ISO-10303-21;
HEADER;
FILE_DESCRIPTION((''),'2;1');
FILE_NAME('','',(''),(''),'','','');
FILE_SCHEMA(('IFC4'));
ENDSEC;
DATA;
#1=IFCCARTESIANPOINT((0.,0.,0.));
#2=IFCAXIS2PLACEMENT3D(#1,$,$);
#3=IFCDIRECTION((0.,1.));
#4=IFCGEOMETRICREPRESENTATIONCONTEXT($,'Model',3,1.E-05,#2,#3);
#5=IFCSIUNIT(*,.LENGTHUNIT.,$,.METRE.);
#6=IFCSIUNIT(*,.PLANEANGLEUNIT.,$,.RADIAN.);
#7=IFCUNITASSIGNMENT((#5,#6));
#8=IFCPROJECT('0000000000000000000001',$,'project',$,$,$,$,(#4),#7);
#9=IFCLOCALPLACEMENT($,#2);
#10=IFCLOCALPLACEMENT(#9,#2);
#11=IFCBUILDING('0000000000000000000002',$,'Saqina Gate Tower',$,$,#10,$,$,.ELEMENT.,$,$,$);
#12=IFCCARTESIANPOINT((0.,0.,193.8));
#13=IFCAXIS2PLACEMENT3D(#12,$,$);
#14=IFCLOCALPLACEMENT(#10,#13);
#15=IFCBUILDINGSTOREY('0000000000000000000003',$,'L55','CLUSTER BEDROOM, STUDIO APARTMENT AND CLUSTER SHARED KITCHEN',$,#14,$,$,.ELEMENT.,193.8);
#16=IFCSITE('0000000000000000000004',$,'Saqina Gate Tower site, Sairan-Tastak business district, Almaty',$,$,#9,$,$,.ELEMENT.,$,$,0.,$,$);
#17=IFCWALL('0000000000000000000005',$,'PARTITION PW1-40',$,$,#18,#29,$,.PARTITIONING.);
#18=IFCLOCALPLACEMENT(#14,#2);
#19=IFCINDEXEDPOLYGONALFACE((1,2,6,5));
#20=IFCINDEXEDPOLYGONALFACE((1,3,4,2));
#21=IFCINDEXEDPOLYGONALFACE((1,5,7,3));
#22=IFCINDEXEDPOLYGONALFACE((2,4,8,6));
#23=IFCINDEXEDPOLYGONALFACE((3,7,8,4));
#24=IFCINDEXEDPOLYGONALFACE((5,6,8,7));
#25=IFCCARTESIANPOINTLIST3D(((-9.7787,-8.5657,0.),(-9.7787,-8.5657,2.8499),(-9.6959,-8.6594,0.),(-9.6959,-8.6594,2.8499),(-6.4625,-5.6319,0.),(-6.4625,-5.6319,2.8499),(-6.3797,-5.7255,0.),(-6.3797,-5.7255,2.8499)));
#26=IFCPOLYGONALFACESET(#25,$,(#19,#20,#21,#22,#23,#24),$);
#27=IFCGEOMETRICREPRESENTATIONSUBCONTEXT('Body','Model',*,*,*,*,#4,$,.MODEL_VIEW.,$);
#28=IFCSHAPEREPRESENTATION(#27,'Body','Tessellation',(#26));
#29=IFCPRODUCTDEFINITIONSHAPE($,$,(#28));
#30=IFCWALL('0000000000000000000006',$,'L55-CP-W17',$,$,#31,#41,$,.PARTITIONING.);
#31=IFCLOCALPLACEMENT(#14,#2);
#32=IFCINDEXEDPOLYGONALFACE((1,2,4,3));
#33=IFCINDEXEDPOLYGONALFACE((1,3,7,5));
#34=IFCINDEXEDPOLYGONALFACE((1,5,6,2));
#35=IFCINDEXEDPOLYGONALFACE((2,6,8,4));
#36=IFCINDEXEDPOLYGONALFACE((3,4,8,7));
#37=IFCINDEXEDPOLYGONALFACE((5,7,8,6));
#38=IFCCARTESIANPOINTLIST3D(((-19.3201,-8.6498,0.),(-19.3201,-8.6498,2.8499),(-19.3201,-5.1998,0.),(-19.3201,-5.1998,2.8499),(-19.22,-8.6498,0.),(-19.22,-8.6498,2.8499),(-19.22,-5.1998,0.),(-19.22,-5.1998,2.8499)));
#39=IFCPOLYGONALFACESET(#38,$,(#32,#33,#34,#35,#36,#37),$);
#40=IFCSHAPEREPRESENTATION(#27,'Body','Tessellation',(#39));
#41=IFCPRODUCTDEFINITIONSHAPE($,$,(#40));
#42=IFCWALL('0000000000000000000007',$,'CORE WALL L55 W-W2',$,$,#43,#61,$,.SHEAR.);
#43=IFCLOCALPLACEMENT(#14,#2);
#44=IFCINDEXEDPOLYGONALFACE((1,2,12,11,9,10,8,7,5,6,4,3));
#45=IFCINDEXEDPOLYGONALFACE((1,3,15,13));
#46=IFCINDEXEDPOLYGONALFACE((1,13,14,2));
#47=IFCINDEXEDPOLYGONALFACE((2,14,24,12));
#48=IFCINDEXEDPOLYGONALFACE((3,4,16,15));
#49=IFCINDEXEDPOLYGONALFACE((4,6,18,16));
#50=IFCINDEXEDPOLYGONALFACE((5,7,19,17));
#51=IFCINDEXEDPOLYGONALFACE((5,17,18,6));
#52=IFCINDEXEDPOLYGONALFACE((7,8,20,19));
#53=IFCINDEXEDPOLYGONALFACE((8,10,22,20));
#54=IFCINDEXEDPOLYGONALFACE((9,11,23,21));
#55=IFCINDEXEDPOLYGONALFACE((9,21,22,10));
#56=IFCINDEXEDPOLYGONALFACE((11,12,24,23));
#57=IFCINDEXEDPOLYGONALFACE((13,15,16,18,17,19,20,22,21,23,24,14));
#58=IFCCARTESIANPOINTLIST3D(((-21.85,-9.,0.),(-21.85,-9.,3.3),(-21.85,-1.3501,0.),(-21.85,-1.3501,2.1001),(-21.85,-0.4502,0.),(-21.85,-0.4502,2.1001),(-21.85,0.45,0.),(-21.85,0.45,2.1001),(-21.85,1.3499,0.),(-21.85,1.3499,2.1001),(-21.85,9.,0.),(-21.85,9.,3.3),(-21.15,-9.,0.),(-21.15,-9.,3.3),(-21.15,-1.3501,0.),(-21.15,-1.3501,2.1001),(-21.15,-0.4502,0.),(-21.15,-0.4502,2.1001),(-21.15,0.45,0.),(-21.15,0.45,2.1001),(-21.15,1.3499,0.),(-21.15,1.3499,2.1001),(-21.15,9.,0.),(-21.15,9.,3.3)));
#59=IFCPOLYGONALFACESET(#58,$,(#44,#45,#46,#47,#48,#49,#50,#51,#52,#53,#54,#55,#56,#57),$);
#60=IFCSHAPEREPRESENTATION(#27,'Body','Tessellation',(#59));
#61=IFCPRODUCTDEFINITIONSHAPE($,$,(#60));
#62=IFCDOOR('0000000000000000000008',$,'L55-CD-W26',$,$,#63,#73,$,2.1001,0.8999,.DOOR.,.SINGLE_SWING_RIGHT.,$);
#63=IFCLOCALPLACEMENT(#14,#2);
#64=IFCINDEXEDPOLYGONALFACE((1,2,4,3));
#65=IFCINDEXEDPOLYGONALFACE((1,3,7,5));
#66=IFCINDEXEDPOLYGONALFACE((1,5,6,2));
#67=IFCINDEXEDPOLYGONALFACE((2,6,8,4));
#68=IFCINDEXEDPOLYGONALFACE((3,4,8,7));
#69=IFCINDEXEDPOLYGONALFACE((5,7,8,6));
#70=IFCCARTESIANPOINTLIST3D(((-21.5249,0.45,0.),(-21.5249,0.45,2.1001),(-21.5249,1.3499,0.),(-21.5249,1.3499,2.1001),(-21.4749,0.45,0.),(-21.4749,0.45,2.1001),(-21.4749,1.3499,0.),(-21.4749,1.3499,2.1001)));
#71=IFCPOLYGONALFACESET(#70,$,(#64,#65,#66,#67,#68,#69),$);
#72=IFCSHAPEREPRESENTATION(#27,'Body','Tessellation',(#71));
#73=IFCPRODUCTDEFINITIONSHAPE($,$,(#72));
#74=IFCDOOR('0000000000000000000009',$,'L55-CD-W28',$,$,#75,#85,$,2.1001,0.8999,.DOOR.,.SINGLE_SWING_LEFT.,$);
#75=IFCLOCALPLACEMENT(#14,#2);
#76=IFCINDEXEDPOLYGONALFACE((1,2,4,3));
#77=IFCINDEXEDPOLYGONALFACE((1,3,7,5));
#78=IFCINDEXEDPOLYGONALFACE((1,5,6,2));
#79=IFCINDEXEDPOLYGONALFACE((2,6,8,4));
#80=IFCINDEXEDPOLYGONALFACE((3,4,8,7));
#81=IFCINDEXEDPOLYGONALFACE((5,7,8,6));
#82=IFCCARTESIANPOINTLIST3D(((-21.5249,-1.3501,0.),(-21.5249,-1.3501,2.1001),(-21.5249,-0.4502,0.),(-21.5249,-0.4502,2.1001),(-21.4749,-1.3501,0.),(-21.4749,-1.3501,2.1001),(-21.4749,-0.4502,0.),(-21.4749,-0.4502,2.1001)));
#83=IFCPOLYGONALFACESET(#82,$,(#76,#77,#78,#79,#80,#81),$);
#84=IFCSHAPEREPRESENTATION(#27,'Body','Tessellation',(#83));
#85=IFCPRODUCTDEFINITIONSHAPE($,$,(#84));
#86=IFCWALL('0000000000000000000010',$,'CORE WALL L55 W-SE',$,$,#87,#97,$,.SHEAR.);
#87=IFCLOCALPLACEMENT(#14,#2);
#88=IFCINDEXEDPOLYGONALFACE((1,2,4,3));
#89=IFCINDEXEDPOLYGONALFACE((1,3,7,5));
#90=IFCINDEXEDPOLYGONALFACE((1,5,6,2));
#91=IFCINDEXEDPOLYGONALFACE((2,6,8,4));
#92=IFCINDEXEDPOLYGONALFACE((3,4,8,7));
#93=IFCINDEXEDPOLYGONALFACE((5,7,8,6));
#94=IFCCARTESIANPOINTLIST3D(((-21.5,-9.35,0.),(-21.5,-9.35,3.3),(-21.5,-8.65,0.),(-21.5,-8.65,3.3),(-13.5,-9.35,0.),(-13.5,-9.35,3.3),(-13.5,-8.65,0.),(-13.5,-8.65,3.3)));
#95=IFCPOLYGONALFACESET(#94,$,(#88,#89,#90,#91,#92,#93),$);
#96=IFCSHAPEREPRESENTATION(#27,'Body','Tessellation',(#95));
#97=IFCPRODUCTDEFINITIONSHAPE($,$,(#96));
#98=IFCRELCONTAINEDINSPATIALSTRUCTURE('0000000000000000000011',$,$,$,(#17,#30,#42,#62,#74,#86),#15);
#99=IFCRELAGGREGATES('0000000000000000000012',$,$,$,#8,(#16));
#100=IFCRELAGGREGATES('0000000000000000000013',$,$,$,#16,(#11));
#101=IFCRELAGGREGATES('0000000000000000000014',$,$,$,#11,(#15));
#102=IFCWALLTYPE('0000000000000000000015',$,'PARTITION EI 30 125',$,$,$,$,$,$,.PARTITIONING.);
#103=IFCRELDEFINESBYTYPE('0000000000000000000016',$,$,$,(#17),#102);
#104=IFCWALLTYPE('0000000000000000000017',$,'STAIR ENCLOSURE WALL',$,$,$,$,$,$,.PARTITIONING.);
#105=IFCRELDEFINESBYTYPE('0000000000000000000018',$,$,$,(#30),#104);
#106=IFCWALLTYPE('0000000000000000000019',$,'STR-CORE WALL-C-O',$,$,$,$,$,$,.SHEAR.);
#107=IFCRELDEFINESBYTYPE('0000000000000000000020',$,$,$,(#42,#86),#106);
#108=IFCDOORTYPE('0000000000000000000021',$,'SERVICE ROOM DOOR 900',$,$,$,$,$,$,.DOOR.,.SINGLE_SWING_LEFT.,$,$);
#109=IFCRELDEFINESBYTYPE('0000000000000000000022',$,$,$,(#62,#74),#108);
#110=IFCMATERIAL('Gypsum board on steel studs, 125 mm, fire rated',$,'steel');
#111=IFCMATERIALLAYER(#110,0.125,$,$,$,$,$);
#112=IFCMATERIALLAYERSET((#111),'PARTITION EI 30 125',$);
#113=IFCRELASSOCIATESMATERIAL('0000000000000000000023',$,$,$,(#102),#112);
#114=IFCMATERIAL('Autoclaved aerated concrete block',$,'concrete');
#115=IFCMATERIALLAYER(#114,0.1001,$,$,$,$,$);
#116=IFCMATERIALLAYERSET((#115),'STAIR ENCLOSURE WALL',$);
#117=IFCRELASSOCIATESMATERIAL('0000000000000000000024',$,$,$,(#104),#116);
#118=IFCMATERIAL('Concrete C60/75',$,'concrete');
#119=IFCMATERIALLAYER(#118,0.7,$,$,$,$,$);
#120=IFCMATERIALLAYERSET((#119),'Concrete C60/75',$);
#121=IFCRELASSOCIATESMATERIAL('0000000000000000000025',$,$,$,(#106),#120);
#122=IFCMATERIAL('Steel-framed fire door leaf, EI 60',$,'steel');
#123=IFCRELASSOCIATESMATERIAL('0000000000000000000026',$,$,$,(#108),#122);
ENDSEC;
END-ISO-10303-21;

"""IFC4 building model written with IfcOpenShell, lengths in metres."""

from ifc_helpers import new_model, si_unit, direction, frame, frame_2d, origin, place, context, subcontext, project, spatial, rectangle, extrude, material, layer, layer_set, type_object, element, fill, save


model = new_model("IFC4")

# Units and contexts
model_context = context("Model", 3, precision=1e-05, world=origin(), true_north=direction((0.0, 1.0)))
body_context = subcontext(model_context, "Body", "Model", "MODEL_VIEW")
ifc_project = project(units=[si_unit("LENGTHUNIT", "METRE"), si_unit("PLANEANGLEUNIT", "RADIAN")], contexts=[model_context])

# Site, building, storey
site_placement = place(None, origin())
site = spatial("IfcSite", under=ifc_project, at=site_placement, Name="Saqina Gate Tower site, Sairan-Tastak business district, Almaty", CompositionType="ELEMENT", RefElevation=0.0)
building_placement = place(site_placement, origin())
building = spatial("IfcBuilding", under=site, at=building_placement, Name="Saqina Gate Tower", CompositionType="ELEMENT")
storey_placement = place(building_placement, frame((0.0, 0.0, 193.8)))
storey = spatial("IfcBuildingStorey", under=building, at=storey_placement, Name="L55", Description="CLUSTER BEDROOM, STUDIO APARTMENT AND CLUSTER SHARED KITCHEN", CompositionType="ELEMENT", Elevation=193.8)

# Shared definitions
ifc_material_1 = material(Name="Gypsum board on steel studs, 125 mm, fire rated", Category="steel")
ifc_layer_1 = layer(ifc_material_1, 0.125)
ifc_layer_set_1 = layer_set([ifc_layer_1], Name="PARTITION EI 30 125")
wall_type_1 = type_object("IfcWallType", Name="PARTITION EI 30 125", PredefinedType="PARTITIONING", material=ifc_layer_set_1)

# Walls
wall_1_placement = place(storey_placement, frame((-9.7373, -8.6125, 0.0), z_axis=(0.0, 0.0, 1.0), x_axis=(0.748962, 0.662613, 0.0)))
element("IfcWall", 1, at=wall_1_placement, inside=storey, type_object=wall_type_1, Name="PARTITION PW1-40", PredefinedType="PARTITIONING", context=body_context, shape_type="SweptSolid", body=[
    extrude(rectangle(XDim=4.4277, YDim=0.125, at=frame_2d((2.2139, 0.0))), origin(), (0.0, 0.0, 1.0), 2.8499),
])
ifc_material_2 = material(Name="Autoclaved aerated concrete block", Category="concrete")
ifc_layer_2 = layer(ifc_material_2, 0.1001)
ifc_layer_set_2 = layer_set([ifc_layer_2], Name="STAIR ENCLOSURE WALL")
wall_type_2 = type_object("IfcWallType", Name="STAIR ENCLOSURE WALL", PredefinedType="PARTITIONING", material=ifc_layer_set_2)
wall_2_placement = place(storey_placement, frame((-19.27, -8.6499, 0.0), z_axis=(0.0, 0.0, 1.0), x_axis=(0.0, 1.0, 0.0)))
element("IfcWall", 2, at=wall_2_placement, inside=storey, type_object=wall_type_2, Name="L55-CP-W17", PredefinedType="PARTITIONING", context=body_context, shape_type="SweptSolid", body=[
    extrude(rectangle(XDim=3.45, YDim=0.1001, at=frame_2d((1.7251, 0.0))), origin(), (0.0, 0.0, 1.0), 2.8499),
])

# Wall, openings, doors
ifc_material_3 = material(Name="Concrete C60/75", Category="concrete")
ifc_layer_3 = layer(ifc_material_3, 0.7)
ifc_layer_set_3 = layer_set([ifc_layer_3], Name="Concrete C60/75")
wall_type_3 = type_object("IfcWallType", Name="STR-CORE WALL-C-O", PredefinedType="SHEAR", material=ifc_layer_set_3)
wall_3_placement = place(storey_placement, frame((-21.5, -9.0, 0.0), z_axis=(0.0, 0.0, 1.0), x_axis=(0.0, 1.0, 0.0)))
wall_3 = element("IfcWall", 3, at=wall_3_placement, inside=storey, type_object=wall_type_3, Name="CORE WALL L55 W-W2", PredefinedType="SHEAR", context=body_context, shape_type="SweptSolid", body=[
    extrude(rectangle(XDim=18.0, YDim=0.7, at=frame_2d((9.0, 0.0))), origin(), (0.0, 0.0, 1.0), 3.3),
])
opening_1_placement = place(wall_3_placement, frame((9.45, 0.0, 0.0)))
opening_1 = element("IfcOpeningElement", 4, at=opening_1_placement, cuts=wall_3, PredefinedType="OPENING", context=body_context, shape_type="SweptSolid", body=[
    extrude(rectangle(XDim=0.8999, YDim=2.1001, at=frame_2d((0.45, 1.05))), frame((0.0, 0.3621, 0.0), z_axis=(0.0, -1.0, 0.0), x_axis=(1.0, 0.0, 0.0)), (0.0, 0.0, 1.0), 0.7239),
])
opening_2_placement = place(wall_3_placement, frame((7.6499, 0.0, 0.0)))
opening_2 = element("IfcOpeningElement", 5, at=opening_2_placement, cuts=wall_3, PredefinedType="OPENING", context=body_context, shape_type="SweptSolid", body=[
    extrude(rectangle(XDim=0.8999, YDim=2.1001, at=frame_2d((0.45, 1.05))), frame((0.0, 0.3621, 0.0), z_axis=(0.0, -1.0, 0.0), x_axis=(1.0, 0.0, 0.0)), (0.0, 0.0, 1.0), 0.7239),
])
ifc_material_4 = material(Name="Steel-framed fire door leaf, EI 60", Category="steel")
door_type_1 = type_object("IfcDoorType", Name="SERVICE ROOM DOOR 900", OperationType="SINGLE_SWING_LEFT", PredefinedType="DOOR", material=ifc_material_4)
door_1_placement = place(opening_1_placement, origin())
door_1 = element("IfcDoor", 6, at=door_1_placement, inside=storey, type_object=door_type_1, Name="L55-CD-W26", OperationType="SINGLE_SWING_RIGHT", OverallHeight=2.1001, OverallWidth=0.8999, PredefinedType="DOOR", context=body_context, shape_type="SweptSolid", body=[
    extrude(rectangle(XDim=0.8999, YDim=2.1001, at=frame_2d((0.45, 1.05))), frame((0.0, 0.0249, 0.0), z_axis=(0.0, -1.0, 0.0), x_axis=(1.0, 0.0, 0.0)), (0.0, 0.0, 1.0), 0.05),
])
fill(opening_1, door_1)
door_2_placement = place(opening_2_placement, origin())
door_2 = element("IfcDoor", 7, at=door_2_placement, inside=storey, type_object=door_type_1, Name="L55-CD-W28", OperationType="SINGLE_SWING_LEFT", OverallHeight=2.1001, OverallWidth=0.8999, PredefinedType="DOOR", context=body_context, shape_type="SweptSolid", body=[
    extrude(rectangle(XDim=0.8999, YDim=2.1001, at=frame_2d((0.45, 1.05))), frame((0.0, 0.0249, 0.0), z_axis=(0.0, -1.0, 0.0), x_axis=(1.0, 0.0, 0.0)), (0.0, 0.0, 1.0), 0.05),
])
fill(opening_2, door_2)

# Wall
wall_4_placement = place(storey_placement, frame((-13.5, -9.0, 0.0), z_axis=(0.0, 0.0, 1.0), x_axis=(-1.0, 0.0, 0.0)))
element("IfcWall", 8, at=wall_4_placement, inside=storey, type_object=wall_type_3, Name="CORE WALL L55 W-SE", PredefinedType="SHEAR", context=body_context, shape_type="SweptSolid", body=[
    extrude(rectangle(XDim=8.0, YDim=0.7, at=frame_2d((4.0, 0.0))), origin(), (0.0, 0.0, 1.0), 3.3),
])

save(model, "model.ifc")
